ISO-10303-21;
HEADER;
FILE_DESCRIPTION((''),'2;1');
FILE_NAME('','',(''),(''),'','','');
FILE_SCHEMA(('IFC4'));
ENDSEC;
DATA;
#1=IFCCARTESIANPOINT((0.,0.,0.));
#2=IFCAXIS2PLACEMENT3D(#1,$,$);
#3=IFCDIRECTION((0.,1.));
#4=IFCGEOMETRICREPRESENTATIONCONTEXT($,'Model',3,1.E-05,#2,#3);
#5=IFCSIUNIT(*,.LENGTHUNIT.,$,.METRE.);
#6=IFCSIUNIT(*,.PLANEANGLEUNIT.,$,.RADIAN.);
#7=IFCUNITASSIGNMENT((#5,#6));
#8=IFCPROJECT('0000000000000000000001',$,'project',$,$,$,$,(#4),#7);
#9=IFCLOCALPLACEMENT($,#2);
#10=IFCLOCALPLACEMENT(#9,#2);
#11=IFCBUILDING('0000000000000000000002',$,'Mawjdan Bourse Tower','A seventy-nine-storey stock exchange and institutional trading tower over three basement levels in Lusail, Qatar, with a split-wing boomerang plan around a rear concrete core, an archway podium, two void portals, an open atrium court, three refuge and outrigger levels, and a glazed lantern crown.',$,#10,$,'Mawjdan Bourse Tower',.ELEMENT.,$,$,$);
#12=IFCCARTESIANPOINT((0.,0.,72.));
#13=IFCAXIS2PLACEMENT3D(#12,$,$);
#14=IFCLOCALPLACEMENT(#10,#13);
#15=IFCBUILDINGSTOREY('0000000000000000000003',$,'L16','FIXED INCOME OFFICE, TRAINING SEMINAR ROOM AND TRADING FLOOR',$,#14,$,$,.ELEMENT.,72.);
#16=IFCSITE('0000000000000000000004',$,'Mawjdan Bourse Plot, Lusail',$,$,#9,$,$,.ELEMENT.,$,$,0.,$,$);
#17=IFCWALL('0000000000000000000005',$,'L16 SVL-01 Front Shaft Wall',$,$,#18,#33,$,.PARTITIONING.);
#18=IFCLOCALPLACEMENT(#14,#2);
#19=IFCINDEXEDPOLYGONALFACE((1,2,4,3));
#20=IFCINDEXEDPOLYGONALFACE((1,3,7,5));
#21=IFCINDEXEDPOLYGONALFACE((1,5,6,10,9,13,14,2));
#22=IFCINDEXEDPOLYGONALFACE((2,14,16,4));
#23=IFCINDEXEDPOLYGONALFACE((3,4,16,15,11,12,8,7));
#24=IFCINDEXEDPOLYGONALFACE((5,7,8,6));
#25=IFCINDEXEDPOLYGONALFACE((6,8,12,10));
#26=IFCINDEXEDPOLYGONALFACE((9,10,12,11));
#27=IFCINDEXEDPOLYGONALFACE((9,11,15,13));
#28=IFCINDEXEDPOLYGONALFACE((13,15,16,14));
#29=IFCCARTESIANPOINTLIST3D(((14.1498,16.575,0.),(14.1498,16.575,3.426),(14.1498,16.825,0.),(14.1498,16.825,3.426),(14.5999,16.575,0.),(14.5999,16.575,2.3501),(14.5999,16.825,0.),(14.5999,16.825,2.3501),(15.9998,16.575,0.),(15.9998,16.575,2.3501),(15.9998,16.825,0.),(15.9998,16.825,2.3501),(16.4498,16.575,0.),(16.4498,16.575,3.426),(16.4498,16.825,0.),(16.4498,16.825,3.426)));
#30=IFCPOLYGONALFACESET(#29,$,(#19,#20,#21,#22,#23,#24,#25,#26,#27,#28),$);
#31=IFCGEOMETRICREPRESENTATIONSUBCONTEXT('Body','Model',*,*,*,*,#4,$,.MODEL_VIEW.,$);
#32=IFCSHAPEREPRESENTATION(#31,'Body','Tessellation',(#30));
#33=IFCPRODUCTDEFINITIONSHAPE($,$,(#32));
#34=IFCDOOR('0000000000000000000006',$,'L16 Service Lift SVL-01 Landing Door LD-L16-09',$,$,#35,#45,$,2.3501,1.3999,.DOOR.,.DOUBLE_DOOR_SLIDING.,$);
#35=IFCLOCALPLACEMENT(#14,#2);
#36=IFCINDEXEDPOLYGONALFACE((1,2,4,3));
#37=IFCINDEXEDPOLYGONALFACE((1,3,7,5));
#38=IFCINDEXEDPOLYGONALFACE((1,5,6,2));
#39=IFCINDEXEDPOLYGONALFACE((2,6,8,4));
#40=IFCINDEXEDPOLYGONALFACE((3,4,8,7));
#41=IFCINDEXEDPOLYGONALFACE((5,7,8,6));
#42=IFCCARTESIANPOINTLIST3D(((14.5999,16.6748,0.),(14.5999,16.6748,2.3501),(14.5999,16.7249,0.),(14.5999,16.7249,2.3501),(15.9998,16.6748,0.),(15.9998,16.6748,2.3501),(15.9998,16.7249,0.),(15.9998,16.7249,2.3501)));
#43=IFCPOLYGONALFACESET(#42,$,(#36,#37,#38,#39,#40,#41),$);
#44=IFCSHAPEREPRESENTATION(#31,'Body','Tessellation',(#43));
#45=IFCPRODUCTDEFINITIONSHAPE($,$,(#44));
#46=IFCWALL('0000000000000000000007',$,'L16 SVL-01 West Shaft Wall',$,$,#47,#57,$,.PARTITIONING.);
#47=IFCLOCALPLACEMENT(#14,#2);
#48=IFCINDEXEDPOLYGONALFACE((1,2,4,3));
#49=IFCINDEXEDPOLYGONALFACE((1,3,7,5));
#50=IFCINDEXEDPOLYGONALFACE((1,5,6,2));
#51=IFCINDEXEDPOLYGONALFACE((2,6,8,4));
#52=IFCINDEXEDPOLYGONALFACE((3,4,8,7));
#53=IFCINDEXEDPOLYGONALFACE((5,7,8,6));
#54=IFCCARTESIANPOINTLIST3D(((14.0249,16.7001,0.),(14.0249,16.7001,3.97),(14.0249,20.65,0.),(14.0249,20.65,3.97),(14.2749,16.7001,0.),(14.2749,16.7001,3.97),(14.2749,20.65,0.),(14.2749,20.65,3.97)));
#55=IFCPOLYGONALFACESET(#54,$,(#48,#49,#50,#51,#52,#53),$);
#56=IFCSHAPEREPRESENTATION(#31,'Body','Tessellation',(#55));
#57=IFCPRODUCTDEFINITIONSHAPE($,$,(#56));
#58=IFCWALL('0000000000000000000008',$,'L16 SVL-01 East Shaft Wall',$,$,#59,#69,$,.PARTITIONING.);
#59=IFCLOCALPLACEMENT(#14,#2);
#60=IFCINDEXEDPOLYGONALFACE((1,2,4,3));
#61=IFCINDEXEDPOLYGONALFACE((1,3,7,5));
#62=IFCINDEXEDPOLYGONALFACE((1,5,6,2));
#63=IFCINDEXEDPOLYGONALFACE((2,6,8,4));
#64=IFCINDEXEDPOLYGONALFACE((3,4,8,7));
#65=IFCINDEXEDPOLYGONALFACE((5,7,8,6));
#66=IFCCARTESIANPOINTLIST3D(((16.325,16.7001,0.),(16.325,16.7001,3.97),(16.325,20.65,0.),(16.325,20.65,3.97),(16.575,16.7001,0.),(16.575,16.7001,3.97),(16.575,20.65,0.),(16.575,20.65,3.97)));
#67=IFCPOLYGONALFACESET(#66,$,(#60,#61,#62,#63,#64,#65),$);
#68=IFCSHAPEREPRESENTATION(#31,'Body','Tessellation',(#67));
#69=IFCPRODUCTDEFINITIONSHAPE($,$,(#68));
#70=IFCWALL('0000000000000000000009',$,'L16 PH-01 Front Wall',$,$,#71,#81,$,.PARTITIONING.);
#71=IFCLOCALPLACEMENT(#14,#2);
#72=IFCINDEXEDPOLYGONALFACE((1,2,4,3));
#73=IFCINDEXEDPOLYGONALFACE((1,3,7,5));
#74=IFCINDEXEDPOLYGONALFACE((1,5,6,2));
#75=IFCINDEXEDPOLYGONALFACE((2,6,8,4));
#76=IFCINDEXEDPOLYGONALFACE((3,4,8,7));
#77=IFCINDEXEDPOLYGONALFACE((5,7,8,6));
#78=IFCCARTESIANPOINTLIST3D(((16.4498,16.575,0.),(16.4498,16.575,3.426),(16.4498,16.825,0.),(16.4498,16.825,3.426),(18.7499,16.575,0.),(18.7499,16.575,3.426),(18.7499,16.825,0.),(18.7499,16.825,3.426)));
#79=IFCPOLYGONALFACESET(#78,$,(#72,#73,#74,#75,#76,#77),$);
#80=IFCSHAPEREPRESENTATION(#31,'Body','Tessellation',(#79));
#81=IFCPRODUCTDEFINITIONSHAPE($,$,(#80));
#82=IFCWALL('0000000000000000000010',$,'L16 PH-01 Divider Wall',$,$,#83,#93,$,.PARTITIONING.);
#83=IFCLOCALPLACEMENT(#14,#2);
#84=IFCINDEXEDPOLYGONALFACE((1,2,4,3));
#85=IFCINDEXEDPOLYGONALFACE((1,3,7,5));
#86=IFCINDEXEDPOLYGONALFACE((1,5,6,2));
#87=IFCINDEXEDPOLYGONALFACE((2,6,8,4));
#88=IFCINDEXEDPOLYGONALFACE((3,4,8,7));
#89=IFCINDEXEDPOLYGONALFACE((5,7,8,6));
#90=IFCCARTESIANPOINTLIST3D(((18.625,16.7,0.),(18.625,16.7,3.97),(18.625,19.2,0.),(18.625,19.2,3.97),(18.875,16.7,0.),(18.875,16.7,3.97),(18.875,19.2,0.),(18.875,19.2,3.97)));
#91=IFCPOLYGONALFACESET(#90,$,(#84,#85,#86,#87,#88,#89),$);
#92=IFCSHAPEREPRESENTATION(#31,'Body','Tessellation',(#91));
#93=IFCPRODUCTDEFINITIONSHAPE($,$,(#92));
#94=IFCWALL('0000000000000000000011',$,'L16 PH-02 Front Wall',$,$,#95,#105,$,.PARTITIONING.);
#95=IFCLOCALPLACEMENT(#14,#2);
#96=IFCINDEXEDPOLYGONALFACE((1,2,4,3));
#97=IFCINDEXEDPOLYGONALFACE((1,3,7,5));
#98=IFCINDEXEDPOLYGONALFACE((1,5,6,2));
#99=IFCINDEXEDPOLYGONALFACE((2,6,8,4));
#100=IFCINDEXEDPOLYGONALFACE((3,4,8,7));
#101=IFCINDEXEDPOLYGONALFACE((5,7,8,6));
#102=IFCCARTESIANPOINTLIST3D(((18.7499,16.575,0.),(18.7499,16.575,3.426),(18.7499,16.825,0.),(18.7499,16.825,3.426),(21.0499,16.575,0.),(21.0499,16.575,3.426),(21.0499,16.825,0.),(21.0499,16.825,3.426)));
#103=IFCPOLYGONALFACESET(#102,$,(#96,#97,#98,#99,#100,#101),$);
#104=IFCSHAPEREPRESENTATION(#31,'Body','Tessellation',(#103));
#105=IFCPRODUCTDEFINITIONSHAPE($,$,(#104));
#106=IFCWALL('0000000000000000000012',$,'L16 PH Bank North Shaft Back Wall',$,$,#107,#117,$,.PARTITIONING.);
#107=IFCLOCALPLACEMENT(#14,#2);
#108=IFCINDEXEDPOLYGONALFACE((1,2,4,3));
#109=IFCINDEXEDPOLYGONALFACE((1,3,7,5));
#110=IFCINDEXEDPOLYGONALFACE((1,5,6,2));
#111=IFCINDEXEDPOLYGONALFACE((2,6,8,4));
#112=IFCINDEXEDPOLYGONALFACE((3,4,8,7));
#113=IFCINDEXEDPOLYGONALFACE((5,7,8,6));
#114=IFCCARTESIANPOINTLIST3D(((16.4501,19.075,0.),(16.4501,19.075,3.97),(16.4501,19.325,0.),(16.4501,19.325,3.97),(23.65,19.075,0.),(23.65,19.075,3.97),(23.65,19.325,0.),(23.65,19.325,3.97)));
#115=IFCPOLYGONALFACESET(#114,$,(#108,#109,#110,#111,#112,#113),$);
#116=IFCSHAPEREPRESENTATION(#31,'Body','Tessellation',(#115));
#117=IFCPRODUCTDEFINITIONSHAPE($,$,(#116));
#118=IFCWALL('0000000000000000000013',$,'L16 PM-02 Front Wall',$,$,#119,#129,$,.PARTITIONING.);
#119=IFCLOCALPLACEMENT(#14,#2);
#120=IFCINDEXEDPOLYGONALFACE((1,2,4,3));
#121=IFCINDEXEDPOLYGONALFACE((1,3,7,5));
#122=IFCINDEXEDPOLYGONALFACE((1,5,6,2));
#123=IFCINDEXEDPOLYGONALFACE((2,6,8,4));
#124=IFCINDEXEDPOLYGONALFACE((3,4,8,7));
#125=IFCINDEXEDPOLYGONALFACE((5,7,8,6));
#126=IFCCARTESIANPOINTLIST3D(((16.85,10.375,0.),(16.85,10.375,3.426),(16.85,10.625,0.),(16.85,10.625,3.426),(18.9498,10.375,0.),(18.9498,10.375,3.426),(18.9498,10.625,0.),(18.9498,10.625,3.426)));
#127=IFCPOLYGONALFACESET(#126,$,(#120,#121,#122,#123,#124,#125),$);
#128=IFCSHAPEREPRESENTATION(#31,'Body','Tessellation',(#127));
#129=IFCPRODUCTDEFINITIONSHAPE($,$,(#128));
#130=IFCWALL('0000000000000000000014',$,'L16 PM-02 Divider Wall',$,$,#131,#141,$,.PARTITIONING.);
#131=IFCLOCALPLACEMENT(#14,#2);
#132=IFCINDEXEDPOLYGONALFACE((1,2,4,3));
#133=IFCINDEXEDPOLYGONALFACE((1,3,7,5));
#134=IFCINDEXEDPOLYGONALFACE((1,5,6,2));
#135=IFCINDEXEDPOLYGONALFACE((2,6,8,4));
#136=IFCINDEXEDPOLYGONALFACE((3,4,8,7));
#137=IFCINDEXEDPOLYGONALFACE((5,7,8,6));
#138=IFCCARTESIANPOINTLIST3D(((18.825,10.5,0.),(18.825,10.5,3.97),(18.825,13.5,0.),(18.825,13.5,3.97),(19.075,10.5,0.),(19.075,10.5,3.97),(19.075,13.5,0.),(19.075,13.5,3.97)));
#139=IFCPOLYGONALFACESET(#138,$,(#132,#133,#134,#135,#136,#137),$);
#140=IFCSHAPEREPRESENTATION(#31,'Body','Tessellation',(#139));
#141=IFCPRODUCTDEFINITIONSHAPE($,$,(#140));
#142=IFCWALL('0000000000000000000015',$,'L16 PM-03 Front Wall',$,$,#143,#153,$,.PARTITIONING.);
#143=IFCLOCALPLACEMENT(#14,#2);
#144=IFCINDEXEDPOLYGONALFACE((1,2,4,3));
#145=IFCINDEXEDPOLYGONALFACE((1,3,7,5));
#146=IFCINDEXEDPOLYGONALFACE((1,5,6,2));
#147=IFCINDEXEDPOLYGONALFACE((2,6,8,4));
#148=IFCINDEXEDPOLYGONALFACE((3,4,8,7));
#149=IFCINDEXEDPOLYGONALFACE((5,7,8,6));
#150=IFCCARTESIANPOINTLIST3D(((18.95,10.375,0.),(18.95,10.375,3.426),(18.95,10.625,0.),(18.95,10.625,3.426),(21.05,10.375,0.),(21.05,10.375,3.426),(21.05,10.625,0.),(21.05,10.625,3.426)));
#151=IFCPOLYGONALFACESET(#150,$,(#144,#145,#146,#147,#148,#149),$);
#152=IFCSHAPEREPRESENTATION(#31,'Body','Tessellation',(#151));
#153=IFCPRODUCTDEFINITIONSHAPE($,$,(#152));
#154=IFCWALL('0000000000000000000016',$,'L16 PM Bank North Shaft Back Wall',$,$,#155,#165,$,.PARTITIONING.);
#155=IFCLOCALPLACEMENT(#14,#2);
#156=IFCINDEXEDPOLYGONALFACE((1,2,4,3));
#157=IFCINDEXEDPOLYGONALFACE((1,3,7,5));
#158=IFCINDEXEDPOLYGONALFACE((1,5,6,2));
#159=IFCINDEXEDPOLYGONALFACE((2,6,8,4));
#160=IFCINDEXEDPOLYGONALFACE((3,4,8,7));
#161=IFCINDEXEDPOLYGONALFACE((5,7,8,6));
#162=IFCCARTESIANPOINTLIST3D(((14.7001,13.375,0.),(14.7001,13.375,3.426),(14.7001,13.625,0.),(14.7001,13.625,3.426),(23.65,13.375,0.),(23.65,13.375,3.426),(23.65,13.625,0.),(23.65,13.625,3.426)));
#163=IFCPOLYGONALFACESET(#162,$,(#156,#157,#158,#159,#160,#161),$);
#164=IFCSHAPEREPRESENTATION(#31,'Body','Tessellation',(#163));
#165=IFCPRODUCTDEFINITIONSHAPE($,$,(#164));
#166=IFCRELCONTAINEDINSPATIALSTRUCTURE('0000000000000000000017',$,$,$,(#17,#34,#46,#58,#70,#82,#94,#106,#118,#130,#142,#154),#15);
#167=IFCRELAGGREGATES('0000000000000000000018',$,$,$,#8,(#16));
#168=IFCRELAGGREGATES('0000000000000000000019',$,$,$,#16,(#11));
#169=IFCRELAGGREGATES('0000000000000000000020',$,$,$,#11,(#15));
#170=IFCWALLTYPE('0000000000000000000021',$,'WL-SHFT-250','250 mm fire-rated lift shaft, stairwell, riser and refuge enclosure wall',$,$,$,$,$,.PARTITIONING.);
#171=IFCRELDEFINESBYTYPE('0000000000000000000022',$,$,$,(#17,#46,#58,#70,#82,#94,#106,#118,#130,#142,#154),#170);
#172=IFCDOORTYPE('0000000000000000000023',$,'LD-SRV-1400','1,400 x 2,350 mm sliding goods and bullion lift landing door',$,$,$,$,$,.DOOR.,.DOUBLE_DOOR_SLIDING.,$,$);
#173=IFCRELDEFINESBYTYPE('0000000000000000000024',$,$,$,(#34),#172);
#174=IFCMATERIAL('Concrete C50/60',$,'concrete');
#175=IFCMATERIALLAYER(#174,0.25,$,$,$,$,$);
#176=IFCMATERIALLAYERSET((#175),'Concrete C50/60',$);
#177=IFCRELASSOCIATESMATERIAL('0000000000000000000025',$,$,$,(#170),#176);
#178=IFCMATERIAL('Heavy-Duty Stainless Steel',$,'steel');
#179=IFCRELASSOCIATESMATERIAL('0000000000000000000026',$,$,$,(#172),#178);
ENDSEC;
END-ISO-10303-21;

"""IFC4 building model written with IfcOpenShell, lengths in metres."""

from ifc_helpers import new_model, si_unit, direction, frame, frame_2d, origin, place, context, subcontext, project, spatial, rectangle, extrude, material, layer, layer_set, type_object, element, fill, save


model = new_model("IFC4")

# Units and contexts
model_context = context("Model", 3, precision=1e-05, world=origin(), true_north=direction((0.0, 1.0)))
body_context = subcontext(model_context, "Body", "Model", "MODEL_VIEW")
ifc_project = project(units=[si_unit("LENGTHUNIT", "METRE"), si_unit("PLANEANGLEUNIT", "RADIAN")], contexts=[model_context])

# Site, building, storey
site_placement = place(None, origin())
site = spatial("IfcSite", under=ifc_project, at=site_placement, Name="Mawjdan Bourse Plot, Lusail", CompositionType="ELEMENT", RefElevation=0.0)
building_placement = place(site_placement, origin())
building = spatial("IfcBuilding", under=site, at=building_placement, Name="Mawjdan Bourse Tower", Description="A seventy-nine-storey stock exchange and institutional trading tower over three basement levels in Lusail, Qatar, with a split-wing boomerang plan around a rear concrete core, an archway podium, two void portals, an open atrium court, three refuge and outrigger levels, and a glazed lantern crown.", LongName="Mawjdan Bourse Tower", CompositionType="ELEMENT")
storey_placement = place(building_placement, frame((0.0, 0.0, 72.0)))
storey = spatial("IfcBuildingStorey", under=building, at=storey_placement, Name="L16", Description="FIXED INCOME OFFICE, TRAINING SEMINAR ROOM AND TRADING FLOOR", CompositionType="ELEMENT", Elevation=72.0)

# Shared definitions
ifc_material_1 = material(Name="Concrete C50/60", Category="concrete")
ifc_layer_1 = layer(ifc_material_1, 0.25)
ifc_layer_set_1 = layer_set([ifc_layer_1], Name="Concrete C50/60")
wall_type_1 = type_object("IfcWallType", Name="WL-SHFT-250", Description="250 mm fire-rated lift shaft, stairwell, riser and refuge enclosure wall", PredefinedType="PARTITIONING", material=ifc_layer_set_1)

# Wall, opening, door
wall_1_placement = place(storey_placement, frame((14.1499, 16.7, 0.0), z_axis=(0.0, 0.0, 1.0), x_axis=(1.0, 0.0, 0.0)))
wall_1 = element("IfcWall", 1, at=wall_1_placement, inside=storey, type_object=wall_type_1, Name="L16 SVL-01 Front Shaft Wall", PredefinedType="PARTITIONING", context=body_context, shape_type="SweptSolid", body=[
    extrude(rectangle(XDim=2.3, YDim=0.25, at=frame_2d((1.1499, 0.0))), origin(), (0.0, 0.0, 1.0), 3.426),
])
opening_1_placement = place(wall_1_placement, frame((0.45, 0.0, 0.0)))
opening_1 = element("IfcOpeningElement", 2, at=opening_1_placement, cuts=wall_1, PredefinedType="OPENING", context=body_context, shape_type="SweptSolid", body=[
    extrude(rectangle(XDim=1.3999, YDim=2.3501, at=frame_2d((0.7, 1.175))), frame((0.0, 0.135, 0.0), z_axis=(0.0, -1.0, 0.0), x_axis=(1.0, 0.0, 0.0)), (0.0, 0.0, 1.0), 0.27),
])
ifc_material_2 = material(Name="Heavy-Duty Stainless Steel", Category="steel")
door_type_1 = type_object("IfcDoorType", Name="LD-SRV-1400", Description="1,400 x 2,350 mm sliding goods and bullion lift landing door", OperationType="DOUBLE_DOOR_SLIDING", PredefinedType="DOOR", material=ifc_material_2)
door_1_placement = place(opening_1_placement, origin())
door_1 = element("IfcDoor", 3, at=door_1_placement, inside=storey, type_object=door_type_1, Name="L16 Service Lift SVL-01 Landing Door LD-L16-09", OperationType="DOUBLE_DOOR_SLIDING", OverallHeight=2.3501, OverallWidth=1.3999, PredefinedType="DOOR", context=body_context, shape_type="SweptSolid", body=[
    extrude(rectangle(XDim=1.3999, YDim=2.3501, at=frame_2d((0.7, 1.175))), frame((0.0, 0.0249, 0.0), z_axis=(0.0, -1.0, 0.0), x_axis=(1.0, 0.0, 0.0)), (0.0, 0.0, 1.0), 0.05),
])
fill(opening_1, door_1)

# Walls
for number, where, z_axis, x_axis, name in (
    (4, (14.1499, 16.7, 0.0), (0.0, 0.0, 1.0), (0.0, 1.0, 0.0), "L16 SVL-01 West Shaft Wall"),
    (5, (16.45, 16.7, 0.0), (0.0, 0.0, 1.0), (0.0, 1.0, 0.0), "L16 SVL-01 East Shaft Wall"),
):
    element("IfcWall", number, at=place(storey_placement, frame(where, z_axis=z_axis, x_axis=x_axis)), inside=storey, type_object=wall_type_1, Name=name, PredefinedType="PARTITIONING", context=body_context, shape_type="SweptSolid", body=[
        extrude(rectangle(XDim=3.95, YDim=0.25, at=frame_2d((1.9751, 0.0))), origin(), (0.0, 0.0, 1.0), 3.97),
    ])
wall_2_placement = place(storey_placement, frame((16.45, 16.7, 0.0), z_axis=(0.0, 0.0, 1.0), x_axis=(1.0, 0.0, 0.0)))
element("IfcWall", 6, at=wall_2_placement, inside=storey, type_object=wall_type_1, Name="L16 PH-01 Front Wall", PredefinedType="PARTITIONING", context=body_context, shape_type="SweptSolid", body=[
    extrude(rectangle(XDim=2.3, YDim=0.25, at=frame_2d((1.1499, 0.0))), origin(), (0.0, 0.0, 1.0), 3.426),
])
wall_3_placement = place(storey_placement, frame((18.75, 16.7, 0.0), z_axis=(0.0, 0.0, 1.0), x_axis=(0.0, 1.0, 0.0)))
element("IfcWall", 7, at=wall_3_placement, inside=storey, type_object=wall_type_1, Name="L16 PH-01 Divider Wall", PredefinedType="PARTITIONING", context=body_context, shape_type="SweptSolid", body=[
    extrude(rectangle(XDim=2.5, YDim=0.25, at=frame_2d((1.25, 0.0))), origin(), (0.0, 0.0, 1.0), 3.97),
])
wall_4_placement = place(storey_placement, frame((18.75, 16.7, 0.0), z_axis=(0.0, 0.0, 1.0), x_axis=(1.0, 0.0, 0.0)))
element("IfcWall", 8, at=wall_4_placement, inside=storey, type_object=wall_type_1, Name="L16 PH-02 Front Wall", PredefinedType="PARTITIONING", context=body_context, shape_type="SweptSolid", body=[
    extrude(rectangle(XDim=2.3, YDim=0.25, at=frame_2d((1.1499, 0.0))), origin(), (0.0, 0.0, 1.0), 3.426),
])
wall_5_placement = place(storey_placement, frame((16.45, 19.2, 0.0), z_axis=(0.0, 0.0, 1.0), x_axis=(1.0, 0.0, 0.0)))
element("IfcWall", 9, at=wall_5_placement, inside=storey, type_object=wall_type_1, Name="L16 PH Bank North Shaft Back Wall", PredefinedType="PARTITIONING", context=body_context, shape_type="SweptSolid", body=[
    extrude(rectangle(XDim=7.2, YDim=0.25, at=frame_2d((3.6001, 0.0))), origin(), (0.0, 0.0, 1.0), 3.97),
])
wall_6_placement = place(storey_placement, frame((16.8501, 10.5, 0.0), z_axis=(0.0, 0.0, 1.0), x_axis=(1.0, 0.0, 0.0)))
element("IfcWall", 10, at=wall_6_placement, inside=storey, type_object=wall_type_1, Name="L16 PM-02 Front Wall", PredefinedType="PARTITIONING", context=body_context, shape_type="SweptSolid", body=[
    extrude(rectangle(XDim=2.0999, YDim=0.25, at=frame_2d((1.0498, 0.0))), origin(), (0.0, 0.0, 1.0), 3.426),
])
wall_7_placement = place(storey_placement, frame((18.95, 10.5, 0.0), z_axis=(0.0, 0.0, 1.0), x_axis=(0.0, 1.0, 0.0)))
element("IfcWall", 11, at=wall_7_placement, inside=storey, type_object=wall_type_1, Name="L16 PM-02 Divider Wall", PredefinedType="PARTITIONING", context=body_context, shape_type="SweptSolid", body=[
    extrude(rectangle(XDim=3.0, YDim=0.25, at=frame_2d((1.5, 0.0))), origin(), (0.0, 0.0, 1.0), 3.97),
])
wall_8_placement = place(storey_placement, frame((18.95, 10.5, 0.0), z_axis=(0.0, 0.0, 1.0), x_axis=(1.0, 0.0, 0.0)))
element("IfcWall", 12, at=wall_8_placement, inside=storey, type_object=wall_type_1, Name="L16 PM-03 Front Wall", PredefinedType="PARTITIONING", context=body_context, shape_type="SweptSolid", body=[
    extrude(rectangle(XDim=2.1001, YDim=0.25, at=frame_2d((1.05, 0.0))), origin(), (0.0, 0.0, 1.0), 3.426),
])
wall_9_placement = place(storey_placement, frame((14.7, 13.5, 0.0), z_axis=(0.0, 0.0, 1.0), x_axis=(1.0, 0.0, 0.0)))
element("IfcWall", 13, at=wall_9_placement, inside=storey, type_object=wall_type_1, Name="L16 PM Bank North Shaft Back Wall", PredefinedType="PARTITIONING", context=body_context, shape_type="SweptSolid", body=[
    extrude(rectangle(XDim=8.95, YDim=0.25, at=frame_2d((4.4751, 0.0))), origin(), (0.0, 0.0, 1.0), 3.426),
])

save(model, "model.ifc")
